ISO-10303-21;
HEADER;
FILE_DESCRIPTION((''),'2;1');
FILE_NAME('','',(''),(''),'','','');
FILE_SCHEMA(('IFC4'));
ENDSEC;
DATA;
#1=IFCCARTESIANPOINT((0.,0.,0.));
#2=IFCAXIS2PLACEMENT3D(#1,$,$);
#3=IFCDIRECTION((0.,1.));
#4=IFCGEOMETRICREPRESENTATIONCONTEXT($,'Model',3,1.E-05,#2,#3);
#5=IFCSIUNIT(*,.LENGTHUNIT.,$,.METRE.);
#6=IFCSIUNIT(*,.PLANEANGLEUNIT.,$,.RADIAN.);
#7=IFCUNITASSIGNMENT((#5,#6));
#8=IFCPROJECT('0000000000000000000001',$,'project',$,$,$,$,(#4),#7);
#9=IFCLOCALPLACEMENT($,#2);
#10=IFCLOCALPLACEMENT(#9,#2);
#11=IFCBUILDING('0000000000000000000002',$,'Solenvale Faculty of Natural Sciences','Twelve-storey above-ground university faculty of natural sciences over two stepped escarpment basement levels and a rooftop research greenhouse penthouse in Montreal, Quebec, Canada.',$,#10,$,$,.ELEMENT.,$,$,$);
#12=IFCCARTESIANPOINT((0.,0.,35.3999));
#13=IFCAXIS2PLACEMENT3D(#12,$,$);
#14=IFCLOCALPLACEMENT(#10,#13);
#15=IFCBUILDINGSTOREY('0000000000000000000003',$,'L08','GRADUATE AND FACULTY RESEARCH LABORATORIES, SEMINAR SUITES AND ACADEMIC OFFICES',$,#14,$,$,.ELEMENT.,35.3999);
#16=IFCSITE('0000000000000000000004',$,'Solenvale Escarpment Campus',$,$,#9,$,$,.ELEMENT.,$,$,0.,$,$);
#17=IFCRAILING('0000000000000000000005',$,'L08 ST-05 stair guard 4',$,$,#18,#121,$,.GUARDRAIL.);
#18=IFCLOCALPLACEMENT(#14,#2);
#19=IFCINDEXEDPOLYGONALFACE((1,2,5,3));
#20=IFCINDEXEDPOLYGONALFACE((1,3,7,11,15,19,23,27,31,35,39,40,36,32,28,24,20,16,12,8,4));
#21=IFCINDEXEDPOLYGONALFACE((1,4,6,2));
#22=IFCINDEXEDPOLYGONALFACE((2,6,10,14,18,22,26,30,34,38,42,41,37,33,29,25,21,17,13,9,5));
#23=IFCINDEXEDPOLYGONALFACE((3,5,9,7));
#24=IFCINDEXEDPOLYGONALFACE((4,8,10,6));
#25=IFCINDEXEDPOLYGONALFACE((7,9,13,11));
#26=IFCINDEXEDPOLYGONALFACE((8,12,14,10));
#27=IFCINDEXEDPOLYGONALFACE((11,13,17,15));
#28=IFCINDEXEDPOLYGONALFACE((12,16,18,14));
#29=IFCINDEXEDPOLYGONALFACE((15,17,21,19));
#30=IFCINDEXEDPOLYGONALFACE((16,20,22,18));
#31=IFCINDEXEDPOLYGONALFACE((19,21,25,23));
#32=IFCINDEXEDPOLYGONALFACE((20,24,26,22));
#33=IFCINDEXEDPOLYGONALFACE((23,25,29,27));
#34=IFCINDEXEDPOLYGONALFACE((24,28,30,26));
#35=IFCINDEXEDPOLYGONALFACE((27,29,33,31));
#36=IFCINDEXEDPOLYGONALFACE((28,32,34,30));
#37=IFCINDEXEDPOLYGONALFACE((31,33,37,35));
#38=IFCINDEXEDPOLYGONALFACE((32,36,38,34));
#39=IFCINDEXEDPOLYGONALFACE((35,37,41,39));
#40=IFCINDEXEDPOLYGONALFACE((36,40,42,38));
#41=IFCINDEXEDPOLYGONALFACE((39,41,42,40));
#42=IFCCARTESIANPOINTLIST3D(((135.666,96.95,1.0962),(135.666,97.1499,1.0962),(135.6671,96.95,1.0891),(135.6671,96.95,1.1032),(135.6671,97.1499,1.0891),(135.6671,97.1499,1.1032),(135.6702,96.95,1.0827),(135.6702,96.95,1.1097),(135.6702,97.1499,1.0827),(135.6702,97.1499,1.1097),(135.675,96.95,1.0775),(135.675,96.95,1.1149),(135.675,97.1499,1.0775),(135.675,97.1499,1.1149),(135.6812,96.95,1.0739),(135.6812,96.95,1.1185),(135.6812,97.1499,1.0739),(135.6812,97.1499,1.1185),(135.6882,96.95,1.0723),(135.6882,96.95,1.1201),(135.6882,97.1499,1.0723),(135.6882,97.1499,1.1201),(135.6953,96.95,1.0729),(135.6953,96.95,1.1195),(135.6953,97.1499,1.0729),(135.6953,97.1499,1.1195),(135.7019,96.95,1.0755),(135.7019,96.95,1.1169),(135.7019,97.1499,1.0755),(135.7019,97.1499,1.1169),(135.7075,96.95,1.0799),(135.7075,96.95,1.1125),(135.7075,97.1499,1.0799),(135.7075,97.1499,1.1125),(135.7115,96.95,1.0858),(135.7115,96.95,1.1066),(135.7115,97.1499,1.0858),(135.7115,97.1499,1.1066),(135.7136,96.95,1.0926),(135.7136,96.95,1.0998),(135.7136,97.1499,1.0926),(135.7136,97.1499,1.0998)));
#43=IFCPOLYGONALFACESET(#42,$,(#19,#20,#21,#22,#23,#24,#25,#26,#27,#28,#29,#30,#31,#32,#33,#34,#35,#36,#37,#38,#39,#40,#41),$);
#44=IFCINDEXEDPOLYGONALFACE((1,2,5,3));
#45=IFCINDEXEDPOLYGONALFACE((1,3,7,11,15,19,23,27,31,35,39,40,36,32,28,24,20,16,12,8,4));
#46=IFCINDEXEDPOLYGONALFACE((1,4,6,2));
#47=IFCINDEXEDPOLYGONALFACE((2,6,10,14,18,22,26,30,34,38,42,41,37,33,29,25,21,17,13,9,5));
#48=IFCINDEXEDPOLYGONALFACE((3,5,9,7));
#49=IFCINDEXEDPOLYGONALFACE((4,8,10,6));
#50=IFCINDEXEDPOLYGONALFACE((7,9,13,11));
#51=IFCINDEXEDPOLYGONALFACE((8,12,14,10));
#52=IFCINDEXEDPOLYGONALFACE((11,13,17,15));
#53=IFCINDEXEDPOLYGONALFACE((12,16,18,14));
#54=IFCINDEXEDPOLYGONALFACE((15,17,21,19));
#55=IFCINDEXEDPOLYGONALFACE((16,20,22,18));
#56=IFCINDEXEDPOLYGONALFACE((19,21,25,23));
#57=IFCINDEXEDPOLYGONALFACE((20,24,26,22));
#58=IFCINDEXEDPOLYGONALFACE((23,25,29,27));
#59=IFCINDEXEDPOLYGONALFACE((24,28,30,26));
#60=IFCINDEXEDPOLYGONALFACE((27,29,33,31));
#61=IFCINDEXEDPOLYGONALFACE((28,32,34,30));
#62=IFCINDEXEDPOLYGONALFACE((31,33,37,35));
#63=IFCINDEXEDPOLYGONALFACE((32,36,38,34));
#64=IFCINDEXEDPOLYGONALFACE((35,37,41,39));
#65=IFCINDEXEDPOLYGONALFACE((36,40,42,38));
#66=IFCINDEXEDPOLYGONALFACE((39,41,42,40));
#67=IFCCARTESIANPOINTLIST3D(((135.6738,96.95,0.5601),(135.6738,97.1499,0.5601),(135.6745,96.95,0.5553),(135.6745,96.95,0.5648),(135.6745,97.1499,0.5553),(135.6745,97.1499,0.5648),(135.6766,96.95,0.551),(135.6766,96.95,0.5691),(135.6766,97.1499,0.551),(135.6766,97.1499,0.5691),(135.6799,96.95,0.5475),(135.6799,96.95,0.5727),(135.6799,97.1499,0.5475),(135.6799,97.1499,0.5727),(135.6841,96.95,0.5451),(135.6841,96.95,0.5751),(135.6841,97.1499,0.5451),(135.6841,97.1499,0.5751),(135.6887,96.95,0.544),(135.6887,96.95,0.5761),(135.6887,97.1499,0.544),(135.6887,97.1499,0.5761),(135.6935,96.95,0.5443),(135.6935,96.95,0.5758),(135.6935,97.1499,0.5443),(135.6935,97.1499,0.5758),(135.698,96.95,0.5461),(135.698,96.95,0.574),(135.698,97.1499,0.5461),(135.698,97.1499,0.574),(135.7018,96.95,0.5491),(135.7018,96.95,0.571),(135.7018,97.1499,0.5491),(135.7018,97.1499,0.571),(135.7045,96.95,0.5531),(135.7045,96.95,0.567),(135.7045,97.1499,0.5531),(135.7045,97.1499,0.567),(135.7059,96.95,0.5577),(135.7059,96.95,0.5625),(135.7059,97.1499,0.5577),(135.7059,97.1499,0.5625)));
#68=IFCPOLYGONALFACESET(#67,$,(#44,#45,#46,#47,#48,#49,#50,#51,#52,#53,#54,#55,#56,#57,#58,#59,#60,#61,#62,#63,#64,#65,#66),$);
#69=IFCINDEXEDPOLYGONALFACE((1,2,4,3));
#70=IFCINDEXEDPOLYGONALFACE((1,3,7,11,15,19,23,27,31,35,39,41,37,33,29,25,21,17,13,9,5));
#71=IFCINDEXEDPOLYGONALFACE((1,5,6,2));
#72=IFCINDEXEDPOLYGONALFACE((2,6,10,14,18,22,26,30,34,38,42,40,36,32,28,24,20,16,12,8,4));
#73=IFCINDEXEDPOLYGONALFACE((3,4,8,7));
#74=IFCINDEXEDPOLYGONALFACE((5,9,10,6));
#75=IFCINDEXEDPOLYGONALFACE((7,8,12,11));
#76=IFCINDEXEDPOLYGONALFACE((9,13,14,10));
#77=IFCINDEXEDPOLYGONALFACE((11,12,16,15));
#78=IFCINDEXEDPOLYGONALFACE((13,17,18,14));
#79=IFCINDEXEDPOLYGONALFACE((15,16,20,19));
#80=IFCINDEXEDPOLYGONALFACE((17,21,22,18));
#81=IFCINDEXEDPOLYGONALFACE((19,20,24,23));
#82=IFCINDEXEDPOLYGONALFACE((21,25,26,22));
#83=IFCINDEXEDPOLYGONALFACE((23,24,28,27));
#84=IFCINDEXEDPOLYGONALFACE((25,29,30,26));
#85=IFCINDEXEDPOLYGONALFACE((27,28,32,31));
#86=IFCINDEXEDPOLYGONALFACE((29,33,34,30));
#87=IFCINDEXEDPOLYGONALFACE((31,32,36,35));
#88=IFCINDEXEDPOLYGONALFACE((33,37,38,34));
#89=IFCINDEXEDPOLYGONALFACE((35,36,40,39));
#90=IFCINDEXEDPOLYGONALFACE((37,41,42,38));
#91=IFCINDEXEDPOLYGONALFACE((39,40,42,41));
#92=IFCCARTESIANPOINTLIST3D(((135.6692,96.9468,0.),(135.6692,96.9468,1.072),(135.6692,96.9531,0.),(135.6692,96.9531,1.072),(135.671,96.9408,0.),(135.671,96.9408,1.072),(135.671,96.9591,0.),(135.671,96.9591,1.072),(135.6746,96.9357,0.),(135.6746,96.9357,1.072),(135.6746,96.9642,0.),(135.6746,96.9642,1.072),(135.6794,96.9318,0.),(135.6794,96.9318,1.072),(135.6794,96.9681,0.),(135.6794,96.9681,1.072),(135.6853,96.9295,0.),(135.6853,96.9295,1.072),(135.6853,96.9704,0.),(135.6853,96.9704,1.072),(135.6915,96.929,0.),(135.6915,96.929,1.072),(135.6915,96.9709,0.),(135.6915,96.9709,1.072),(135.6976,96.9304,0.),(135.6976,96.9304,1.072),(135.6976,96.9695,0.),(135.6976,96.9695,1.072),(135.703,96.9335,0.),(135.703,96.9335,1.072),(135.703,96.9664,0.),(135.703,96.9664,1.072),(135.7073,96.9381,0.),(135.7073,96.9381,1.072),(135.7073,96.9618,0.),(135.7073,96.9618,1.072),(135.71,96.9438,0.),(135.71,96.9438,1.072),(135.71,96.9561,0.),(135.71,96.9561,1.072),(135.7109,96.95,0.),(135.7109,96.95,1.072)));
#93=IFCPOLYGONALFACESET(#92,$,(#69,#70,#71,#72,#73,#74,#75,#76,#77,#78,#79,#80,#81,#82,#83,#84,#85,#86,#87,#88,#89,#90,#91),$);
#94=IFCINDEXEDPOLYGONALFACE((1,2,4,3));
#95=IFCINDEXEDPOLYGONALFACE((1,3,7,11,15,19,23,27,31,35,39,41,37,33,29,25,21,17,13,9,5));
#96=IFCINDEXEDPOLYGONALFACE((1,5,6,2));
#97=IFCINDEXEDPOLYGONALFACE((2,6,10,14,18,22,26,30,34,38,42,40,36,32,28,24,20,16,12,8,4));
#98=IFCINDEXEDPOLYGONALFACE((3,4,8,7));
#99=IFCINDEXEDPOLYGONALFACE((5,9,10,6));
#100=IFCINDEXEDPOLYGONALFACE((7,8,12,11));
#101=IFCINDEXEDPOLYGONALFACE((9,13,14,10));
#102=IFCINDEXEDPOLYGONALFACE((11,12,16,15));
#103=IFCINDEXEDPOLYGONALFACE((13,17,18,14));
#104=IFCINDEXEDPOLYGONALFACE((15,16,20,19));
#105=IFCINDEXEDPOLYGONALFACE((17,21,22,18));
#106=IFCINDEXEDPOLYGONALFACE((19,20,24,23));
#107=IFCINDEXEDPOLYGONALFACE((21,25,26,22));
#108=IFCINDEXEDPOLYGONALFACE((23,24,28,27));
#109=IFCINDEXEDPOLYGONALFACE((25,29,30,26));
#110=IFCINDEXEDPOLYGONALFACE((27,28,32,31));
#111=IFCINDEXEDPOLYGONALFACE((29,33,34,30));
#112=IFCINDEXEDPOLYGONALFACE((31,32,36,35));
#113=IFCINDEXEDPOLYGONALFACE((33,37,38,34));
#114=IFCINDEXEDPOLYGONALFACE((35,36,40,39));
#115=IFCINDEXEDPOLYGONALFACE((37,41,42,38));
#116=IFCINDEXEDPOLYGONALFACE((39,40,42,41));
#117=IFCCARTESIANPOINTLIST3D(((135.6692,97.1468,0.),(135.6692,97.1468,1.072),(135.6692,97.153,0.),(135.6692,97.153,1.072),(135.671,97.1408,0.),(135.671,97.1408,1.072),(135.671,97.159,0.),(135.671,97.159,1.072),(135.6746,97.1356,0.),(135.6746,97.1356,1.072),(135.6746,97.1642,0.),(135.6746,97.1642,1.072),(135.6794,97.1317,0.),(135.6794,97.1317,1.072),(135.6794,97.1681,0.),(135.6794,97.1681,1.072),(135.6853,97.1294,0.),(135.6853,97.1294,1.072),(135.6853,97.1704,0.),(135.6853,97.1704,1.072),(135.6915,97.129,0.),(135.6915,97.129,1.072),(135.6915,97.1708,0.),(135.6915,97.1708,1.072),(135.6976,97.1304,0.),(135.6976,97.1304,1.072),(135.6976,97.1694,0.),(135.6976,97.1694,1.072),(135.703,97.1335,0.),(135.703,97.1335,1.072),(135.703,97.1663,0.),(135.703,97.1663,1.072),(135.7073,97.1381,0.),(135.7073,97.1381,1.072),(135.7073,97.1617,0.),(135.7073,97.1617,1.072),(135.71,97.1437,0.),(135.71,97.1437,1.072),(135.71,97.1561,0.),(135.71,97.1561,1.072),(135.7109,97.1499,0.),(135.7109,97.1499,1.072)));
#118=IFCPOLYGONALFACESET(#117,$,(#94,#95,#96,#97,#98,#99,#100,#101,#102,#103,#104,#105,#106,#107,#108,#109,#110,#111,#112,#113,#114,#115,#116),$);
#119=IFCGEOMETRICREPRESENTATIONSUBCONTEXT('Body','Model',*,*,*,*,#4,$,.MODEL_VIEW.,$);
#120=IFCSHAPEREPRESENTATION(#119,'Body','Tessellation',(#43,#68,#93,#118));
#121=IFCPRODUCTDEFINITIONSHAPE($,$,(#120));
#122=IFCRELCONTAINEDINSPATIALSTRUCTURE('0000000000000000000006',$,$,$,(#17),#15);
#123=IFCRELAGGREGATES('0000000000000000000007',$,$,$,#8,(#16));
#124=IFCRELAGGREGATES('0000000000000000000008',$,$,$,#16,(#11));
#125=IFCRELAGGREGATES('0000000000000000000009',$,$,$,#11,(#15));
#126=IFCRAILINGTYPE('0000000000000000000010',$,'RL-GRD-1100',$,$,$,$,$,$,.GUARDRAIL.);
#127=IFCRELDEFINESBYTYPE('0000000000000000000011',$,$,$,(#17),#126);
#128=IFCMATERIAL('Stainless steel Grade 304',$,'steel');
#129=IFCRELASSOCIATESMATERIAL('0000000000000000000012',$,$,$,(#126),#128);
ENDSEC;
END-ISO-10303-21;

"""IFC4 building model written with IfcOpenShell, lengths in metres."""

from ifc_helpers import new_model, si_unit, direction, frame, origin, origin_2d, place, context, subcontext, project, spatial, circle, extrude, material, type_object, element, save


model = new_model("IFC4")

# Units and contexts
model_context = context("Model", 3, precision=1e-05, world=origin(), true_north=direction((0.0, 1.0)))
body_context = subcontext(model_context, "Body", "Model", "MODEL_VIEW")
ifc_project = project(units=[si_unit("LENGTHUNIT", "METRE"), si_unit("PLANEANGLEUNIT", "RADIAN")], contexts=[model_context])

# Site, building, storey
site_placement = place(None, origin())
site = spatial("IfcSite", under=ifc_project, at=site_placement, Name="Solenvale Escarpment Campus", CompositionType="ELEMENT", RefElevation=0.0)
building_placement = place(site_placement, origin())
building = spatial("IfcBuilding", under=site, at=building_placement, Name="Solenvale Faculty of Natural Sciences", Description="Twelve-storey above-ground university faculty of natural sciences over two stepped escarpment basement levels and a rooftop research greenhouse penthouse in Montreal, Quebec, Canada.", CompositionType="ELEMENT")
storey_placement = place(building_placement, frame((0.0, 0.0, 35.3999)))
storey = spatial("IfcBuildingStorey", under=building, at=storey_placement, Name="L08", Description="GRADUATE AND FACULTY RESEARCH LABORATORIES, SEMINAR SUITES AND ACADEMIC OFFICES", CompositionType="ELEMENT", Elevation=35.3999)

# Shared definitions
ifc_material_1 = material(Name="Stainless steel Grade 304", Category="steel")

# Railing
railing_type_1 = type_object("IfcRailingType", Name="RL-GRD-1100", PredefinedType="GUARDRAIL", material=ifc_material_1)
railing_1_placement = place(storey_placement, frame((135.6899, 96.95, 0.0)))
element("IfcRailing", 1, at=railing_1_placement, inside=storey, type_object=railing_type_1, Name="L08 ST-05 stair guard 4", PredefinedType="GUARDRAIL", context=body_context, shape_type="SweptSolid", body=[
    extrude(circle(Radius=0.0239, at=origin_2d()), frame((0.0, 0.0, 1.0962), z_axis=(0.0, 1.0, 0.0), x_axis=(-1.0, 0.0, 0.0)), (0.0, 0.0, 1.0), 0.2),
    extrude(circle(Radius=0.0161, at=origin_2d()), frame((0.0, 0.0, 0.5601), z_axis=(0.0, 1.0, 0.0), x_axis=(-1.0, 0.0, 0.0)), (0.0, 0.0, 1.0), 0.2),
    extrude(circle(Radius=0.021, at=origin_2d()), origin(), (0.0, 0.0, 1.0), 1.072),
    extrude(circle(Radius=0.021, at=origin_2d()), frame((0.0, 0.2, 0.0)), (0.0, 0.0, 1.0), 1.072),
])

save(model, "model.ifc")
